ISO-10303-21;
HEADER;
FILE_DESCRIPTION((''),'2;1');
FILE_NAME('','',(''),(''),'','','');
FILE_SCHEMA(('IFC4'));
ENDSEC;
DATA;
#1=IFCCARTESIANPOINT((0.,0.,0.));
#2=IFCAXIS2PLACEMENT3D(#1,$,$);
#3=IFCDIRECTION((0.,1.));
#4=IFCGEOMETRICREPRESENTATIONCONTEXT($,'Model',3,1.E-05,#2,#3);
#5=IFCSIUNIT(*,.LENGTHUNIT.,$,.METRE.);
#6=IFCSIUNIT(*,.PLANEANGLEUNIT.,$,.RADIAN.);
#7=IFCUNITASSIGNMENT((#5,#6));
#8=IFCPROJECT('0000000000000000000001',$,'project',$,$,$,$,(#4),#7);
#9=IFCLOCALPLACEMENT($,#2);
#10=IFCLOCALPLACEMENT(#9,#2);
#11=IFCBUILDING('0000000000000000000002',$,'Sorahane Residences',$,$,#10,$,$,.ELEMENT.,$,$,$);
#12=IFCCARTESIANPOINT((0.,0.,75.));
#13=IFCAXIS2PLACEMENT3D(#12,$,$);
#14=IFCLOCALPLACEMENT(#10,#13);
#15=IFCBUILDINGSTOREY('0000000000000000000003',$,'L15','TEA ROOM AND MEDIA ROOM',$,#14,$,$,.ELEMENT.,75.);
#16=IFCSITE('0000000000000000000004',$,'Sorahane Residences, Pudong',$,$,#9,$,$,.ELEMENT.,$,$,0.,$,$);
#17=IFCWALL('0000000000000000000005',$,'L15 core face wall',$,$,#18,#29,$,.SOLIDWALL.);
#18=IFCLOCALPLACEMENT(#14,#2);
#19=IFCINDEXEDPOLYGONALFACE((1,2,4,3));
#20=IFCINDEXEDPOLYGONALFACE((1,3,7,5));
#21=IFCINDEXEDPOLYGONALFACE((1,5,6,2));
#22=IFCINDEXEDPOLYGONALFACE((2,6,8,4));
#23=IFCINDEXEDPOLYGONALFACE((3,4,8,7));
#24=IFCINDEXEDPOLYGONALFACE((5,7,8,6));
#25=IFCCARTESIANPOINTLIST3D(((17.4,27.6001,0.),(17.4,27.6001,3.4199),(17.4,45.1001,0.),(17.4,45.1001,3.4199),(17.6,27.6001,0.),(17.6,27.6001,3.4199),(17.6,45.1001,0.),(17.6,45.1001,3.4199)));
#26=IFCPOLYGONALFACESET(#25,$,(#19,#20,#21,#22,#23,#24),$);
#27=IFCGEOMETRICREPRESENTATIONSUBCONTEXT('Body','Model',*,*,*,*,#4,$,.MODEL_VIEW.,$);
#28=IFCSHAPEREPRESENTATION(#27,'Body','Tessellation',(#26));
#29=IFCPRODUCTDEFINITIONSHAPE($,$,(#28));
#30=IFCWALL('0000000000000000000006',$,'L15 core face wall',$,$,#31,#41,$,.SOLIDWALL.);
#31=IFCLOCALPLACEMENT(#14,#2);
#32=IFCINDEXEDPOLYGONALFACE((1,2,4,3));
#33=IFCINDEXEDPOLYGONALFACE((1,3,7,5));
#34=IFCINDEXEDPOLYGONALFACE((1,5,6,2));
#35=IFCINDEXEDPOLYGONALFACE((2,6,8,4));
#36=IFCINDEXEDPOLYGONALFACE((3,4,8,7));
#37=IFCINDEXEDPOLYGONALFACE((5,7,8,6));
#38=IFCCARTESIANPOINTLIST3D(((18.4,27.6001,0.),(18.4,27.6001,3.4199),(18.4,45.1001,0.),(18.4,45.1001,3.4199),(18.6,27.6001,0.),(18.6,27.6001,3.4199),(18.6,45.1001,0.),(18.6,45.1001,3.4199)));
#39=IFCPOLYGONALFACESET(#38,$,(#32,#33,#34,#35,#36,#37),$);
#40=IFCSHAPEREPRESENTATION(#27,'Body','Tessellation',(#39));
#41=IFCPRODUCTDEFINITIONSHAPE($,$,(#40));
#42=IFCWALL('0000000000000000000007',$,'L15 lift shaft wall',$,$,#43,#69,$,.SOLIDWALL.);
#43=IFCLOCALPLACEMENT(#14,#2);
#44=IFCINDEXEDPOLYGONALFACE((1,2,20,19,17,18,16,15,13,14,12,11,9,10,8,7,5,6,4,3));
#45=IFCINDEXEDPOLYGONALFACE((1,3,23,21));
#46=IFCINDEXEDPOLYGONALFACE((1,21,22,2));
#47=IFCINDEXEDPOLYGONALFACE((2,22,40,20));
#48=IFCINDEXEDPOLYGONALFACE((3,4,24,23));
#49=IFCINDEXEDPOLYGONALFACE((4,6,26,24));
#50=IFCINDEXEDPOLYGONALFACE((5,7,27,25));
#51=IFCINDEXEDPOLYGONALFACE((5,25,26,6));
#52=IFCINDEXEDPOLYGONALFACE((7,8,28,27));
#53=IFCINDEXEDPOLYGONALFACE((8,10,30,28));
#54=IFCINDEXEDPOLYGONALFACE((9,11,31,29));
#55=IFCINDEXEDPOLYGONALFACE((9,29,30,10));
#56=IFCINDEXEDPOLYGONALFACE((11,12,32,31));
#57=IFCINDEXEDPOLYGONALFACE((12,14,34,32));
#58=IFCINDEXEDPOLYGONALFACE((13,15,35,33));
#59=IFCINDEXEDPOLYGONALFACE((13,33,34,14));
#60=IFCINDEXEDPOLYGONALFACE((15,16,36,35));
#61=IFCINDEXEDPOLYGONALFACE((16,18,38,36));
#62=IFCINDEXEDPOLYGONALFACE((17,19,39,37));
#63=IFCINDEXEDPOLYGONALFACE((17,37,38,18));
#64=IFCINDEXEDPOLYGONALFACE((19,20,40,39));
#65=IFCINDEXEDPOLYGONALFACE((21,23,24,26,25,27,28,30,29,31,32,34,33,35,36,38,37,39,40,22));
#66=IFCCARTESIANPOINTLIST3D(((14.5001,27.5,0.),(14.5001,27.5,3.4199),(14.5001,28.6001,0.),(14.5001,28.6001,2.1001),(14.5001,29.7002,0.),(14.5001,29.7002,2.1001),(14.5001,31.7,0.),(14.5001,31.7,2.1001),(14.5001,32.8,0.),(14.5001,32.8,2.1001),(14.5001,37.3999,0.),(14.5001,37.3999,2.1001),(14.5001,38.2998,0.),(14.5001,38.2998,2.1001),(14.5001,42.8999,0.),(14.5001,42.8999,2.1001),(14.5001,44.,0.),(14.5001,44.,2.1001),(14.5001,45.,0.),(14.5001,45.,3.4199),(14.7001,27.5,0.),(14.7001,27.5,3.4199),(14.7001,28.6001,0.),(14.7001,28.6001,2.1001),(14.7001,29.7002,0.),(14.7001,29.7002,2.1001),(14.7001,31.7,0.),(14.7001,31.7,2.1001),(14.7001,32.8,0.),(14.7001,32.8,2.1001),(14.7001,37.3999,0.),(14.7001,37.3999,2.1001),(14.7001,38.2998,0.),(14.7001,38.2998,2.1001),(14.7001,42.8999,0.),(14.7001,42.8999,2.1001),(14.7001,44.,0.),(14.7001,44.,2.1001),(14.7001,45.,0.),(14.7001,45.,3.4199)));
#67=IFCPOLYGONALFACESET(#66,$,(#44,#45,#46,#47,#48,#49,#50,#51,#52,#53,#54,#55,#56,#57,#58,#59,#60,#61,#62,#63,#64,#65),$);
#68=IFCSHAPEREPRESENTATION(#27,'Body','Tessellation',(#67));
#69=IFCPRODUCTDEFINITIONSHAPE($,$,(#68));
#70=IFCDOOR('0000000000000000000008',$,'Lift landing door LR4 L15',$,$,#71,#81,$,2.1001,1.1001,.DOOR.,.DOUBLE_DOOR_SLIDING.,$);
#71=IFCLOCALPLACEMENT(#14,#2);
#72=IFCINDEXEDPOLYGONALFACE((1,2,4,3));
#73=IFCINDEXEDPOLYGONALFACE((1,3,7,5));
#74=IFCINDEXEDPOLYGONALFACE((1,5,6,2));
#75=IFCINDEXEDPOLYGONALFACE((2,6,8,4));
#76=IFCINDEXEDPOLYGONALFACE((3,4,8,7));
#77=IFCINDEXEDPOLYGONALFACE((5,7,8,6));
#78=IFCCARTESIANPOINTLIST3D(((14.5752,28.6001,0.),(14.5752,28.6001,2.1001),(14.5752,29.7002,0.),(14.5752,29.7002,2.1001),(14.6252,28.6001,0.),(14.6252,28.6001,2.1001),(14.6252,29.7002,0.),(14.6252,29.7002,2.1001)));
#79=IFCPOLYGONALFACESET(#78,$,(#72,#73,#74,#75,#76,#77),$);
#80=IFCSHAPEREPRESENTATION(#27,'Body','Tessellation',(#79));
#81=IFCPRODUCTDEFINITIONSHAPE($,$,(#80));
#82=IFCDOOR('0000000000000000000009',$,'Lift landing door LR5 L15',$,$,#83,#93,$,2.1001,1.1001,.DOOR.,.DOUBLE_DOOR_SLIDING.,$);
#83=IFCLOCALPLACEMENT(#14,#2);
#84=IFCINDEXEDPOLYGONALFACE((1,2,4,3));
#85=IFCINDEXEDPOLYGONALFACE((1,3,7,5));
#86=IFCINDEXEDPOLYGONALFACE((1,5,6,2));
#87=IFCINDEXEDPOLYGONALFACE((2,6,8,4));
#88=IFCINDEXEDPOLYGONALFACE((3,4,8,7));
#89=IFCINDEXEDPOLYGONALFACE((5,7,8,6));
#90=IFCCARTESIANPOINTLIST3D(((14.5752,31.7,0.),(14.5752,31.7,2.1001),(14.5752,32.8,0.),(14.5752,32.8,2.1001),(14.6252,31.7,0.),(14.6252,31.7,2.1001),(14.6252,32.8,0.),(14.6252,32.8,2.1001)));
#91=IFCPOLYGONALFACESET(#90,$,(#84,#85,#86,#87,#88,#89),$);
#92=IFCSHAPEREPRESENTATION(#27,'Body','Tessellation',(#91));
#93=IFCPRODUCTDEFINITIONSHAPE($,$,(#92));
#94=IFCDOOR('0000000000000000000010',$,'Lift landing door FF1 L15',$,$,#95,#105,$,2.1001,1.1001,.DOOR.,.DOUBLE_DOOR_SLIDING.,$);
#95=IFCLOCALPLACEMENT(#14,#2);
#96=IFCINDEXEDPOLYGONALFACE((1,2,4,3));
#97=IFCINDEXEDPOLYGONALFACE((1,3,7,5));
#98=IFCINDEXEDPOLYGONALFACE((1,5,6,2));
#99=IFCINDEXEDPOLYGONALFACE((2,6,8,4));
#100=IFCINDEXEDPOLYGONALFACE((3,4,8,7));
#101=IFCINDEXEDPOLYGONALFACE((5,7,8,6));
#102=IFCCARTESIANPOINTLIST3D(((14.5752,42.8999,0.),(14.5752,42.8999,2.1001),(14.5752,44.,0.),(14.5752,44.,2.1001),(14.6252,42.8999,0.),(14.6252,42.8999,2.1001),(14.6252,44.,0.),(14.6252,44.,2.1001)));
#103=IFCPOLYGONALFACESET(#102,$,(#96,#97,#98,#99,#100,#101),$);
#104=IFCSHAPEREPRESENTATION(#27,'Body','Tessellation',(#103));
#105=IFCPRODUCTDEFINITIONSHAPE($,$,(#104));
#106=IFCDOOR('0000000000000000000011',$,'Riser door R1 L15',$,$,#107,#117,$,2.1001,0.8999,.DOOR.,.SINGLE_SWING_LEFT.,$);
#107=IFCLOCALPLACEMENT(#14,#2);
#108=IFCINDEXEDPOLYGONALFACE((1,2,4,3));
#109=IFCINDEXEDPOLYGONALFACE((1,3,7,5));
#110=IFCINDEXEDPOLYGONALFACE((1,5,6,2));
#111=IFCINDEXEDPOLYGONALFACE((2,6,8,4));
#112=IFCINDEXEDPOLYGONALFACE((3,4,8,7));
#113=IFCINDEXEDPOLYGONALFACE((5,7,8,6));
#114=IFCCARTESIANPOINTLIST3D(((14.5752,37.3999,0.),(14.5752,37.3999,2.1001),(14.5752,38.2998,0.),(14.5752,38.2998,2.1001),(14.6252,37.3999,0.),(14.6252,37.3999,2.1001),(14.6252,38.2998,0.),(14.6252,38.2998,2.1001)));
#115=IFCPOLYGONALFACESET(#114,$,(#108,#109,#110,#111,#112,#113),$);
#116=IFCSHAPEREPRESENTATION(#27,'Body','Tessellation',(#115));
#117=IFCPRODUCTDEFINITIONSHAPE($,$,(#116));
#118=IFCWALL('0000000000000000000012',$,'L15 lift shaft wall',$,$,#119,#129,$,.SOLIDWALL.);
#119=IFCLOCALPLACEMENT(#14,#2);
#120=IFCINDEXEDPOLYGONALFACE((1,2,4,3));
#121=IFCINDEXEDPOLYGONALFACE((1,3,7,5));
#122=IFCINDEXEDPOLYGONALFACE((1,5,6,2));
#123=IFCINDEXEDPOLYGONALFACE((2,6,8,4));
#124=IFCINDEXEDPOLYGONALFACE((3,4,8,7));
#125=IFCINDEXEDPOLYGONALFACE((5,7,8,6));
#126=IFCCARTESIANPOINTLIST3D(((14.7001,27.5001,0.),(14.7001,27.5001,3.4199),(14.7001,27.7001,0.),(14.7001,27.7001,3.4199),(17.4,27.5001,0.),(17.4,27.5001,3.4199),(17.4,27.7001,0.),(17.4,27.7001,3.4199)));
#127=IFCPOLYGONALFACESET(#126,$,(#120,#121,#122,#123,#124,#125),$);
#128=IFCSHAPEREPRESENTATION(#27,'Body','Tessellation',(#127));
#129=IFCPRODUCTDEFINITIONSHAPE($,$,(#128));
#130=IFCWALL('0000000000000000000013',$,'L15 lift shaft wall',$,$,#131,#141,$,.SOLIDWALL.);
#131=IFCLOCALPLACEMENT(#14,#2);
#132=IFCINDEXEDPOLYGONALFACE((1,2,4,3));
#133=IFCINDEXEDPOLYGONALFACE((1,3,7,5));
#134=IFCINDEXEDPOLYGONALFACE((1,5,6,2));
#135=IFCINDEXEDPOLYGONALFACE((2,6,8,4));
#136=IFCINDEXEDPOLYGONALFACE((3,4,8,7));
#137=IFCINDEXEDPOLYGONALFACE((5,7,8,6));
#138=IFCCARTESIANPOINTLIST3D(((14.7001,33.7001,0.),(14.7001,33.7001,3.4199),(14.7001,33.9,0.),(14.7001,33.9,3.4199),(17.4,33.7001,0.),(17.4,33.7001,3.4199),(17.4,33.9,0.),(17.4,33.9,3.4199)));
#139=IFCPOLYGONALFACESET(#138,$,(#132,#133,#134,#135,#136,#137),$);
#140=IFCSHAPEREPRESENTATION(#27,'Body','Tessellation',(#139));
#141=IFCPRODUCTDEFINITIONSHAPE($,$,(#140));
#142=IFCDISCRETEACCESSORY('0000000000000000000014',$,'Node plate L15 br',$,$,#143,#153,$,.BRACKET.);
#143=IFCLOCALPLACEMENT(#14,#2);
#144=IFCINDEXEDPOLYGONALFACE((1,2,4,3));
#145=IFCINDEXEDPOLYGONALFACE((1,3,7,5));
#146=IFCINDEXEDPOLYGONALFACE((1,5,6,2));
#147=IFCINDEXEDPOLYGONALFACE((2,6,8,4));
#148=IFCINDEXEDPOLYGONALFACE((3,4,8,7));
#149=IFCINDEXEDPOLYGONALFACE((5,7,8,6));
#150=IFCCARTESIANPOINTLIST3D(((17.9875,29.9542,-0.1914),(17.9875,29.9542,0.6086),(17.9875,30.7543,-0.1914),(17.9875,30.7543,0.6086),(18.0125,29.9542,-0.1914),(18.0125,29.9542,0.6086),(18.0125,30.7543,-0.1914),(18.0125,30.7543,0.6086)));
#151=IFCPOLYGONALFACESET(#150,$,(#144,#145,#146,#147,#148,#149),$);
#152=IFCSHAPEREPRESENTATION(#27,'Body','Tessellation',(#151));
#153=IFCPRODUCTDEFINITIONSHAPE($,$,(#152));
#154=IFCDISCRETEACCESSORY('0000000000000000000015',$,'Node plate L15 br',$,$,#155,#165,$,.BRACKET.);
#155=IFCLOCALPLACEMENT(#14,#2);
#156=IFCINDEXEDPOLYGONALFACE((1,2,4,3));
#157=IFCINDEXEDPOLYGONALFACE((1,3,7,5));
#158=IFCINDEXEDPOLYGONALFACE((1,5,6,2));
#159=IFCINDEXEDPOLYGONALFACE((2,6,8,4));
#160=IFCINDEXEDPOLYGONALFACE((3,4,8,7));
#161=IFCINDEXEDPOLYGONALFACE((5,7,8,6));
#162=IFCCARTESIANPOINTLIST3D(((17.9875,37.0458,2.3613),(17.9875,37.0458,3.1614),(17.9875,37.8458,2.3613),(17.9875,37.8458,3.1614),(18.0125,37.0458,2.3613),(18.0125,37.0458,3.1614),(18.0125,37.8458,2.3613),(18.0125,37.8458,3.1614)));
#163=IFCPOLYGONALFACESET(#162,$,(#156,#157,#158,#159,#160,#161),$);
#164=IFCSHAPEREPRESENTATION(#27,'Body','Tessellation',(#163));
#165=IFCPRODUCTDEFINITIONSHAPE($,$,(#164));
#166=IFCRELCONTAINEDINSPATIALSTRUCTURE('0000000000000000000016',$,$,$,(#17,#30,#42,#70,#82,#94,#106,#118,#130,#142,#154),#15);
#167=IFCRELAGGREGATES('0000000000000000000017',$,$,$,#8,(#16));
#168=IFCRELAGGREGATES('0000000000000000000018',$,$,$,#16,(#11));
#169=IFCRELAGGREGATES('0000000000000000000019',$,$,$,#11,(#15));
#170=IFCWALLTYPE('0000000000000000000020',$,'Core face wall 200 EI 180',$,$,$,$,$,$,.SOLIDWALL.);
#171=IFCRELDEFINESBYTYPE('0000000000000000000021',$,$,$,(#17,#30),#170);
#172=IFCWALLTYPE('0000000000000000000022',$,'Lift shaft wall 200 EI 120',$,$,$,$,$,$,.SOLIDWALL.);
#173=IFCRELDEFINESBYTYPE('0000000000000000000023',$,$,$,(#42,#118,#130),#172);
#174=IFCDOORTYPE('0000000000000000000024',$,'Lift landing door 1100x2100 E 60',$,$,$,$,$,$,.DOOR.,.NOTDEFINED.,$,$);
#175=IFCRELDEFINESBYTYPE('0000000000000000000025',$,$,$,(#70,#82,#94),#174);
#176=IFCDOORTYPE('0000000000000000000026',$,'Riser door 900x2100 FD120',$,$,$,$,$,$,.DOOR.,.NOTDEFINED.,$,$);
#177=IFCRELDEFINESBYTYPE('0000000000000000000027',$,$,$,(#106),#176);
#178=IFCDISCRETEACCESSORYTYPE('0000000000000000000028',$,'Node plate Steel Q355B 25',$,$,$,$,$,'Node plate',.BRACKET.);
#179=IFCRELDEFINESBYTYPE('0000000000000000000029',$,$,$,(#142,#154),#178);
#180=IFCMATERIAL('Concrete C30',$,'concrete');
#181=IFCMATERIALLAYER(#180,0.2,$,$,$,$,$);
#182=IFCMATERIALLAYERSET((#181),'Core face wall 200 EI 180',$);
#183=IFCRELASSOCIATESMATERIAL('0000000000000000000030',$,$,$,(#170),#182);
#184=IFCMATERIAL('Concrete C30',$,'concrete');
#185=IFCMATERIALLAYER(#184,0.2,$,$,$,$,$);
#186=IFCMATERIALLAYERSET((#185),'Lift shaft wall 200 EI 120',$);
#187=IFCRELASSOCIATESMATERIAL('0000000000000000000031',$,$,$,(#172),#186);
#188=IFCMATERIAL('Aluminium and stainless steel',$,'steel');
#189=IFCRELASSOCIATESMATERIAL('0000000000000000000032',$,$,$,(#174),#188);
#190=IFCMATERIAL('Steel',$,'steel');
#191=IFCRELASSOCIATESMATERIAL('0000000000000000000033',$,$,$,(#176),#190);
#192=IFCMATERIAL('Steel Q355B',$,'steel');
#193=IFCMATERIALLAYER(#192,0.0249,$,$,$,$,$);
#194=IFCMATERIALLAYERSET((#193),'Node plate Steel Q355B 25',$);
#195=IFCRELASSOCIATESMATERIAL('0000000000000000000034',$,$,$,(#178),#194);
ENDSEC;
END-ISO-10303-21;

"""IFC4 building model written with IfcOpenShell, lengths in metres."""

from ifc_helpers import new_model, si_unit, direction, frame, frame_2d, origin, origin_2d, place, context, subcontext, project, spatial, rectangle, extrude, material, layer, layer_set, type_object, element, fill, save


model = new_model("IFC4")

# Units and contexts
model_context = context("Model", 3, precision=1e-05, world=origin(), true_north=direction((0.0, 1.0)))
body_context = subcontext(model_context, "Body", "Model", "MODEL_VIEW")
ifc_project = project(units=[si_unit("LENGTHUNIT", "METRE"), si_unit("PLANEANGLEUNIT", "RADIAN")], contexts=[model_context])

# Site, building, storey
site_placement = place(None, origin())
site = spatial("IfcSite", under=ifc_project, at=site_placement, Name="Sorahane Residences, Pudong", CompositionType="ELEMENT", RefElevation=0.0)
building_placement = place(site_placement, origin())
building = spatial("IfcBuilding", under=site, at=building_placement, Name="Sorahane Residences", CompositionType="ELEMENT")
storey_placement = place(building_placement, frame((0.0, 0.0, 75.0)))
storey = spatial("IfcBuildingStorey", under=building, at=storey_placement, Name="L15", Description="TEA ROOM AND MEDIA ROOM", CompositionType="ELEMENT", Elevation=75.0)

# Walls
ifc_material_1 = material(Name="Concrete C30", Category="concrete")
ifc_layer_1 = layer(ifc_material_1, 0.2)
ifc_layer_set_1 = layer_set([ifc_layer_1], Name="Core face wall 200 EI 180")
wall_type_1 = type_object("IfcWallType", Name="Core face wall 200 EI 180", PredefinedType="SOLIDWALL", material=ifc_layer_set_1)
for number, where, z_axis, x_axis, name in (
    (1, (17.5, 27.6001, 0.0), (0.0, 0.0, 1.0), (0.0, 1.0, 0.0), "L15 core face wall"),
    (2, (18.5, 27.6001, 0.0), (0.0, 0.0, 1.0), (0.0, 1.0, 0.0), "L15 core face wall"),
):
    element("IfcWall", number, at=place(storey_placement, frame(where, z_axis=z_axis, x_axis=x_axis)), inside=storey, type_object=wall_type_1, Name=name, PredefinedType="SOLIDWALL", context=body_context, shape_type="SweptSolid", body=[
        extrude(rectangle(XDim=17.5, YDim=0.2, at=frame_2d((8.75, 0.0))), origin(), (0.0, 0.0, 1.0), 3.4199),
    ])

# Wall, openings, doors
ifc_material_2 = material(Name="Concrete C30", Category="concrete")
ifc_layer_2 = layer(ifc_material_2, 0.2)
ifc_layer_set_2 = layer_set([ifc_layer_2], Name="Lift shaft wall 200 EI 120")
wall_type_2 = type_object("IfcWallType", Name="Lift shaft wall 200 EI 120", PredefinedType="SOLIDWALL", material=ifc_layer_set_2)
wall_placement = place(storey_placement, frame((14.6001, 27.5, 0.0), z_axis=(0.0, 0.0, 1.0), x_axis=(0.0, 1.0, 0.0)))
wall = element("IfcWall", 3, at=wall_placement, inside=storey, type_object=wall_type_2, Name="L15 lift shaft wall", PredefinedType="SOLIDWALL", context=body_context, shape_type="SweptSolid", body=[
    extrude(rectangle(XDim=17.5, YDim=0.2, at=frame_2d((8.75, 0.0))), origin(), (0.0, 0.0, 1.0), 3.4199),
])
opening_1_placement = place(wall_placement, frame((1.1001, 0.0, 0.0)))
opening_1 = element("IfcOpeningElement", 4, at=opening_1_placement, cuts=wall, PredefinedType="OPENING", context=body_context, shape_type="SweptSolid", body=[
    extrude(rectangle(XDim=1.1001, YDim=2.1001, at=frame_2d((0.55, 1.05))), frame((0.0, 0.1099, 0.0), z_axis=(0.0, -1.0, 0.0), x_axis=(1.0, 0.0, 0.0)), (0.0, 0.0, 1.0), 0.22),
])
opening_2_placement = place(wall_placement, frame((4.2, 0.0, 0.0)))
opening_2 = element("IfcOpeningElement", 5, at=opening_2_placement, cuts=wall, PredefinedType="OPENING", context=body_context, shape_type="SweptSolid", body=[
    extrude(rectangle(XDim=1.1001, YDim=2.1001, at=frame_2d((0.55, 1.05))), frame((0.0, 0.1099, 0.0), z_axis=(0.0, -1.0, 0.0), x_axis=(1.0, 0.0, 0.0)), (0.0, 0.0, 1.0), 0.22),
])
opening_3_placement = place(wall_placement, frame((15.3999, 0.0, 0.0)))
opening_3 = element("IfcOpeningElement", 6, at=opening_3_placement, cuts=wall, PredefinedType="OPENING", context=body_context, shape_type="SweptSolid", body=[
    extrude(rectangle(XDim=1.1001, YDim=2.1001, at=frame_2d((0.55, 1.05))), frame((0.0, 0.1099, 0.0), z_axis=(0.0, -1.0, 0.0), x_axis=(1.0, 0.0, 0.0)), (0.0, 0.0, 1.0), 0.22),
])
opening_4_placement = place(wall_placement, frame((9.8999, 0.0, 0.0)))
opening_4 = element("IfcOpeningElement", 7, at=opening_4_placement, cuts=wall, PredefinedType="OPENING", context=body_context, shape_type="SweptSolid", body=[
    extrude(rectangle(XDim=0.8999, YDim=2.1001, at=frame_2d((0.45, 1.05))), frame((0.0, 0.1099, 0.0), z_axis=(0.0, -1.0, 0.0), x_axis=(1.0, 0.0, 0.0)), (0.0, 0.0, 1.0), 0.22),
])
ifc_material_3 = material(Name="Aluminium and stainless steel", Category="steel")
door_type_1 = type_object("IfcDoorType", Name="Lift landing door 1100x2100 E 60", OperationType="NOTDEFINED", PredefinedType="DOOR", material=ifc_material_3)
door_1_placement = place(opening_1_placement, origin())
door_1 = element("IfcDoor", 8, at=door_1_placement, inside=storey, type_object=door_type_1, Name="Lift landing door LR4 L15", OperationType="DOUBLE_DOOR_SLIDING", OverallHeight=2.1001, OverallWidth=1.1001, PredefinedType="DOOR", context=body_context, shape_type="SweptSolid", body=[
    extrude(rectangle(XDim=1.1001, YDim=2.1001, at=frame_2d((0.55, 1.05))), frame((0.0, 0.0249, 0.0), z_axis=(0.0, -1.0, 0.0), x_axis=(1.0, 0.0, 0.0)), (0.0, 0.0, 1.0), 0.05),
])
fill(opening_1, door_1)
door_2_placement = place(opening_2_placement, origin())
door_2 = element("IfcDoor", 9, at=door_2_placement, inside=storey, type_object=door_type_1, Name="Lift landing door LR5 L15", OperationType="DOUBLE_DOOR_SLIDING", OverallHeight=2.1001, OverallWidth=1.1001, PredefinedType="DOOR", context=body_context, shape_type="SweptSolid", body=[
    extrude(rectangle(XDim=1.1001, YDim=2.1001, at=frame_2d((0.55, 1.05))), frame((0.0, 0.0249, 0.0), z_axis=(0.0, -1.0, 0.0), x_axis=(1.0, 0.0, 0.0)), (0.0, 0.0, 1.0), 0.05),
])
fill(opening_2, door_2)
door_3_placement = place(opening_3_placement, origin())
door_3 = element("IfcDoor", 10, at=door_3_placement, inside=storey, type_object=door_type_1, Name="Lift landing door FF1 L15", OperationType="DOUBLE_DOOR_SLIDING", OverallHeight=2.1001, OverallWidth=1.1001, PredefinedType="DOOR", context=body_context, shape_type="SweptSolid", body=[
    extrude(rectangle(XDim=1.1001, YDim=2.1001, at=frame_2d((0.55, 1.05))), frame((0.0, 0.0249, 0.0), z_axis=(0.0, -1.0, 0.0), x_axis=(1.0, 0.0, 0.0)), (0.0, 0.0, 1.0), 0.05),
])
fill(opening_3, door_3)
ifc_material_4 = material(Name="Steel", Category="steel")
door_type_2 = type_object("IfcDoorType", Name="Riser door 900x2100 FD120", OperationType="NOTDEFINED", PredefinedType="DOOR", material=ifc_material_4)
door_4_placement = place(opening_4_placement, origin())
door_4 = element("IfcDoor", 11, at=door_4_placement, inside=storey, type_object=door_type_2, Name="Riser door R1 L15", OperationType="SINGLE_SWING_LEFT", OverallHeight=2.1001, OverallWidth=0.8999, PredefinedType="DOOR", context=body_context, shape_type="SweptSolid", body=[
    extrude(rectangle(XDim=0.8999, YDim=2.1001, at=frame_2d((0.45, 1.05))), frame((0.0, 0.0249, 0.0), z_axis=(0.0, -1.0, 0.0), x_axis=(1.0, 0.0, 0.0)), (0.0, 0.0, 1.0), 0.05),
])
fill(opening_4, door_4)

# Walls
for number, where, z_axis, x_axis, name in (
    (12, (14.7, 27.6001, 0.0), (0.0, 0.0, 1.0), (1.0, 0.0, 0.0), "L15 lift shaft wall"),
    (13, (14.7, 33.8, 0.0), (0.0, 0.0, 1.0), (1.0, 0.0, 0.0), "L15 lift shaft wall"),
):
    element("IfcWall", number, at=place(storey_placement, frame(where, z_axis=z_axis, x_axis=x_axis)), inside=storey, type_object=wall_type_2, Name=name, PredefinedType="SOLIDWALL", context=body_context, shape_type="SweptSolid", body=[
        extrude(rectangle(XDim=2.7, YDim=0.2, at=frame_2d((1.3501, 0.0))), origin(), (0.0, 0.0, 1.0), 3.4199),
    ])

# Discrete accessories
ifc_material_5 = material(Name="Steel Q355B", Category="steel")
ifc_layer_3 = layer(ifc_material_5, 0.0249)
ifc_layer_set_3 = layer_set([ifc_layer_3], Name="Node plate Steel Q355B 25")
discrete_accessory_type = type_object("IfcDiscreteAccessoryType", Name="Node plate Steel Q355B 25", ElementType="Node plate", PredefinedType="BRACKET", material=ifc_layer_set_3)
for number, where, z_axis, x_axis, name in (
    (14, (18.0, 30.3542, -0.1914), (0.0, 0.0, 1.0), (0.0, 1.0, 0.0), "Node plate L15 br"),
    (15, (18.0, 37.4458, 2.3613), (0.0, 0.0, 1.0), (0.0, 1.0, 0.0), "Node plate L15 br"),
):
    element("IfcDiscreteAccessory", number, at=place(storey_placement, frame(where, z_axis=z_axis, x_axis=x_axis)), inside=storey, type_object=discrete_accessory_type, Name=name, PredefinedType="BRACKET", context=body_context, shape_type="SweptSolid", body=[
        extrude(rectangle(XDim=0.8, YDim=0.0249, at=origin_2d()), origin(), (0.0, 0.0, 1.0), 0.8),
    ])

save(model, "model.ifc")
